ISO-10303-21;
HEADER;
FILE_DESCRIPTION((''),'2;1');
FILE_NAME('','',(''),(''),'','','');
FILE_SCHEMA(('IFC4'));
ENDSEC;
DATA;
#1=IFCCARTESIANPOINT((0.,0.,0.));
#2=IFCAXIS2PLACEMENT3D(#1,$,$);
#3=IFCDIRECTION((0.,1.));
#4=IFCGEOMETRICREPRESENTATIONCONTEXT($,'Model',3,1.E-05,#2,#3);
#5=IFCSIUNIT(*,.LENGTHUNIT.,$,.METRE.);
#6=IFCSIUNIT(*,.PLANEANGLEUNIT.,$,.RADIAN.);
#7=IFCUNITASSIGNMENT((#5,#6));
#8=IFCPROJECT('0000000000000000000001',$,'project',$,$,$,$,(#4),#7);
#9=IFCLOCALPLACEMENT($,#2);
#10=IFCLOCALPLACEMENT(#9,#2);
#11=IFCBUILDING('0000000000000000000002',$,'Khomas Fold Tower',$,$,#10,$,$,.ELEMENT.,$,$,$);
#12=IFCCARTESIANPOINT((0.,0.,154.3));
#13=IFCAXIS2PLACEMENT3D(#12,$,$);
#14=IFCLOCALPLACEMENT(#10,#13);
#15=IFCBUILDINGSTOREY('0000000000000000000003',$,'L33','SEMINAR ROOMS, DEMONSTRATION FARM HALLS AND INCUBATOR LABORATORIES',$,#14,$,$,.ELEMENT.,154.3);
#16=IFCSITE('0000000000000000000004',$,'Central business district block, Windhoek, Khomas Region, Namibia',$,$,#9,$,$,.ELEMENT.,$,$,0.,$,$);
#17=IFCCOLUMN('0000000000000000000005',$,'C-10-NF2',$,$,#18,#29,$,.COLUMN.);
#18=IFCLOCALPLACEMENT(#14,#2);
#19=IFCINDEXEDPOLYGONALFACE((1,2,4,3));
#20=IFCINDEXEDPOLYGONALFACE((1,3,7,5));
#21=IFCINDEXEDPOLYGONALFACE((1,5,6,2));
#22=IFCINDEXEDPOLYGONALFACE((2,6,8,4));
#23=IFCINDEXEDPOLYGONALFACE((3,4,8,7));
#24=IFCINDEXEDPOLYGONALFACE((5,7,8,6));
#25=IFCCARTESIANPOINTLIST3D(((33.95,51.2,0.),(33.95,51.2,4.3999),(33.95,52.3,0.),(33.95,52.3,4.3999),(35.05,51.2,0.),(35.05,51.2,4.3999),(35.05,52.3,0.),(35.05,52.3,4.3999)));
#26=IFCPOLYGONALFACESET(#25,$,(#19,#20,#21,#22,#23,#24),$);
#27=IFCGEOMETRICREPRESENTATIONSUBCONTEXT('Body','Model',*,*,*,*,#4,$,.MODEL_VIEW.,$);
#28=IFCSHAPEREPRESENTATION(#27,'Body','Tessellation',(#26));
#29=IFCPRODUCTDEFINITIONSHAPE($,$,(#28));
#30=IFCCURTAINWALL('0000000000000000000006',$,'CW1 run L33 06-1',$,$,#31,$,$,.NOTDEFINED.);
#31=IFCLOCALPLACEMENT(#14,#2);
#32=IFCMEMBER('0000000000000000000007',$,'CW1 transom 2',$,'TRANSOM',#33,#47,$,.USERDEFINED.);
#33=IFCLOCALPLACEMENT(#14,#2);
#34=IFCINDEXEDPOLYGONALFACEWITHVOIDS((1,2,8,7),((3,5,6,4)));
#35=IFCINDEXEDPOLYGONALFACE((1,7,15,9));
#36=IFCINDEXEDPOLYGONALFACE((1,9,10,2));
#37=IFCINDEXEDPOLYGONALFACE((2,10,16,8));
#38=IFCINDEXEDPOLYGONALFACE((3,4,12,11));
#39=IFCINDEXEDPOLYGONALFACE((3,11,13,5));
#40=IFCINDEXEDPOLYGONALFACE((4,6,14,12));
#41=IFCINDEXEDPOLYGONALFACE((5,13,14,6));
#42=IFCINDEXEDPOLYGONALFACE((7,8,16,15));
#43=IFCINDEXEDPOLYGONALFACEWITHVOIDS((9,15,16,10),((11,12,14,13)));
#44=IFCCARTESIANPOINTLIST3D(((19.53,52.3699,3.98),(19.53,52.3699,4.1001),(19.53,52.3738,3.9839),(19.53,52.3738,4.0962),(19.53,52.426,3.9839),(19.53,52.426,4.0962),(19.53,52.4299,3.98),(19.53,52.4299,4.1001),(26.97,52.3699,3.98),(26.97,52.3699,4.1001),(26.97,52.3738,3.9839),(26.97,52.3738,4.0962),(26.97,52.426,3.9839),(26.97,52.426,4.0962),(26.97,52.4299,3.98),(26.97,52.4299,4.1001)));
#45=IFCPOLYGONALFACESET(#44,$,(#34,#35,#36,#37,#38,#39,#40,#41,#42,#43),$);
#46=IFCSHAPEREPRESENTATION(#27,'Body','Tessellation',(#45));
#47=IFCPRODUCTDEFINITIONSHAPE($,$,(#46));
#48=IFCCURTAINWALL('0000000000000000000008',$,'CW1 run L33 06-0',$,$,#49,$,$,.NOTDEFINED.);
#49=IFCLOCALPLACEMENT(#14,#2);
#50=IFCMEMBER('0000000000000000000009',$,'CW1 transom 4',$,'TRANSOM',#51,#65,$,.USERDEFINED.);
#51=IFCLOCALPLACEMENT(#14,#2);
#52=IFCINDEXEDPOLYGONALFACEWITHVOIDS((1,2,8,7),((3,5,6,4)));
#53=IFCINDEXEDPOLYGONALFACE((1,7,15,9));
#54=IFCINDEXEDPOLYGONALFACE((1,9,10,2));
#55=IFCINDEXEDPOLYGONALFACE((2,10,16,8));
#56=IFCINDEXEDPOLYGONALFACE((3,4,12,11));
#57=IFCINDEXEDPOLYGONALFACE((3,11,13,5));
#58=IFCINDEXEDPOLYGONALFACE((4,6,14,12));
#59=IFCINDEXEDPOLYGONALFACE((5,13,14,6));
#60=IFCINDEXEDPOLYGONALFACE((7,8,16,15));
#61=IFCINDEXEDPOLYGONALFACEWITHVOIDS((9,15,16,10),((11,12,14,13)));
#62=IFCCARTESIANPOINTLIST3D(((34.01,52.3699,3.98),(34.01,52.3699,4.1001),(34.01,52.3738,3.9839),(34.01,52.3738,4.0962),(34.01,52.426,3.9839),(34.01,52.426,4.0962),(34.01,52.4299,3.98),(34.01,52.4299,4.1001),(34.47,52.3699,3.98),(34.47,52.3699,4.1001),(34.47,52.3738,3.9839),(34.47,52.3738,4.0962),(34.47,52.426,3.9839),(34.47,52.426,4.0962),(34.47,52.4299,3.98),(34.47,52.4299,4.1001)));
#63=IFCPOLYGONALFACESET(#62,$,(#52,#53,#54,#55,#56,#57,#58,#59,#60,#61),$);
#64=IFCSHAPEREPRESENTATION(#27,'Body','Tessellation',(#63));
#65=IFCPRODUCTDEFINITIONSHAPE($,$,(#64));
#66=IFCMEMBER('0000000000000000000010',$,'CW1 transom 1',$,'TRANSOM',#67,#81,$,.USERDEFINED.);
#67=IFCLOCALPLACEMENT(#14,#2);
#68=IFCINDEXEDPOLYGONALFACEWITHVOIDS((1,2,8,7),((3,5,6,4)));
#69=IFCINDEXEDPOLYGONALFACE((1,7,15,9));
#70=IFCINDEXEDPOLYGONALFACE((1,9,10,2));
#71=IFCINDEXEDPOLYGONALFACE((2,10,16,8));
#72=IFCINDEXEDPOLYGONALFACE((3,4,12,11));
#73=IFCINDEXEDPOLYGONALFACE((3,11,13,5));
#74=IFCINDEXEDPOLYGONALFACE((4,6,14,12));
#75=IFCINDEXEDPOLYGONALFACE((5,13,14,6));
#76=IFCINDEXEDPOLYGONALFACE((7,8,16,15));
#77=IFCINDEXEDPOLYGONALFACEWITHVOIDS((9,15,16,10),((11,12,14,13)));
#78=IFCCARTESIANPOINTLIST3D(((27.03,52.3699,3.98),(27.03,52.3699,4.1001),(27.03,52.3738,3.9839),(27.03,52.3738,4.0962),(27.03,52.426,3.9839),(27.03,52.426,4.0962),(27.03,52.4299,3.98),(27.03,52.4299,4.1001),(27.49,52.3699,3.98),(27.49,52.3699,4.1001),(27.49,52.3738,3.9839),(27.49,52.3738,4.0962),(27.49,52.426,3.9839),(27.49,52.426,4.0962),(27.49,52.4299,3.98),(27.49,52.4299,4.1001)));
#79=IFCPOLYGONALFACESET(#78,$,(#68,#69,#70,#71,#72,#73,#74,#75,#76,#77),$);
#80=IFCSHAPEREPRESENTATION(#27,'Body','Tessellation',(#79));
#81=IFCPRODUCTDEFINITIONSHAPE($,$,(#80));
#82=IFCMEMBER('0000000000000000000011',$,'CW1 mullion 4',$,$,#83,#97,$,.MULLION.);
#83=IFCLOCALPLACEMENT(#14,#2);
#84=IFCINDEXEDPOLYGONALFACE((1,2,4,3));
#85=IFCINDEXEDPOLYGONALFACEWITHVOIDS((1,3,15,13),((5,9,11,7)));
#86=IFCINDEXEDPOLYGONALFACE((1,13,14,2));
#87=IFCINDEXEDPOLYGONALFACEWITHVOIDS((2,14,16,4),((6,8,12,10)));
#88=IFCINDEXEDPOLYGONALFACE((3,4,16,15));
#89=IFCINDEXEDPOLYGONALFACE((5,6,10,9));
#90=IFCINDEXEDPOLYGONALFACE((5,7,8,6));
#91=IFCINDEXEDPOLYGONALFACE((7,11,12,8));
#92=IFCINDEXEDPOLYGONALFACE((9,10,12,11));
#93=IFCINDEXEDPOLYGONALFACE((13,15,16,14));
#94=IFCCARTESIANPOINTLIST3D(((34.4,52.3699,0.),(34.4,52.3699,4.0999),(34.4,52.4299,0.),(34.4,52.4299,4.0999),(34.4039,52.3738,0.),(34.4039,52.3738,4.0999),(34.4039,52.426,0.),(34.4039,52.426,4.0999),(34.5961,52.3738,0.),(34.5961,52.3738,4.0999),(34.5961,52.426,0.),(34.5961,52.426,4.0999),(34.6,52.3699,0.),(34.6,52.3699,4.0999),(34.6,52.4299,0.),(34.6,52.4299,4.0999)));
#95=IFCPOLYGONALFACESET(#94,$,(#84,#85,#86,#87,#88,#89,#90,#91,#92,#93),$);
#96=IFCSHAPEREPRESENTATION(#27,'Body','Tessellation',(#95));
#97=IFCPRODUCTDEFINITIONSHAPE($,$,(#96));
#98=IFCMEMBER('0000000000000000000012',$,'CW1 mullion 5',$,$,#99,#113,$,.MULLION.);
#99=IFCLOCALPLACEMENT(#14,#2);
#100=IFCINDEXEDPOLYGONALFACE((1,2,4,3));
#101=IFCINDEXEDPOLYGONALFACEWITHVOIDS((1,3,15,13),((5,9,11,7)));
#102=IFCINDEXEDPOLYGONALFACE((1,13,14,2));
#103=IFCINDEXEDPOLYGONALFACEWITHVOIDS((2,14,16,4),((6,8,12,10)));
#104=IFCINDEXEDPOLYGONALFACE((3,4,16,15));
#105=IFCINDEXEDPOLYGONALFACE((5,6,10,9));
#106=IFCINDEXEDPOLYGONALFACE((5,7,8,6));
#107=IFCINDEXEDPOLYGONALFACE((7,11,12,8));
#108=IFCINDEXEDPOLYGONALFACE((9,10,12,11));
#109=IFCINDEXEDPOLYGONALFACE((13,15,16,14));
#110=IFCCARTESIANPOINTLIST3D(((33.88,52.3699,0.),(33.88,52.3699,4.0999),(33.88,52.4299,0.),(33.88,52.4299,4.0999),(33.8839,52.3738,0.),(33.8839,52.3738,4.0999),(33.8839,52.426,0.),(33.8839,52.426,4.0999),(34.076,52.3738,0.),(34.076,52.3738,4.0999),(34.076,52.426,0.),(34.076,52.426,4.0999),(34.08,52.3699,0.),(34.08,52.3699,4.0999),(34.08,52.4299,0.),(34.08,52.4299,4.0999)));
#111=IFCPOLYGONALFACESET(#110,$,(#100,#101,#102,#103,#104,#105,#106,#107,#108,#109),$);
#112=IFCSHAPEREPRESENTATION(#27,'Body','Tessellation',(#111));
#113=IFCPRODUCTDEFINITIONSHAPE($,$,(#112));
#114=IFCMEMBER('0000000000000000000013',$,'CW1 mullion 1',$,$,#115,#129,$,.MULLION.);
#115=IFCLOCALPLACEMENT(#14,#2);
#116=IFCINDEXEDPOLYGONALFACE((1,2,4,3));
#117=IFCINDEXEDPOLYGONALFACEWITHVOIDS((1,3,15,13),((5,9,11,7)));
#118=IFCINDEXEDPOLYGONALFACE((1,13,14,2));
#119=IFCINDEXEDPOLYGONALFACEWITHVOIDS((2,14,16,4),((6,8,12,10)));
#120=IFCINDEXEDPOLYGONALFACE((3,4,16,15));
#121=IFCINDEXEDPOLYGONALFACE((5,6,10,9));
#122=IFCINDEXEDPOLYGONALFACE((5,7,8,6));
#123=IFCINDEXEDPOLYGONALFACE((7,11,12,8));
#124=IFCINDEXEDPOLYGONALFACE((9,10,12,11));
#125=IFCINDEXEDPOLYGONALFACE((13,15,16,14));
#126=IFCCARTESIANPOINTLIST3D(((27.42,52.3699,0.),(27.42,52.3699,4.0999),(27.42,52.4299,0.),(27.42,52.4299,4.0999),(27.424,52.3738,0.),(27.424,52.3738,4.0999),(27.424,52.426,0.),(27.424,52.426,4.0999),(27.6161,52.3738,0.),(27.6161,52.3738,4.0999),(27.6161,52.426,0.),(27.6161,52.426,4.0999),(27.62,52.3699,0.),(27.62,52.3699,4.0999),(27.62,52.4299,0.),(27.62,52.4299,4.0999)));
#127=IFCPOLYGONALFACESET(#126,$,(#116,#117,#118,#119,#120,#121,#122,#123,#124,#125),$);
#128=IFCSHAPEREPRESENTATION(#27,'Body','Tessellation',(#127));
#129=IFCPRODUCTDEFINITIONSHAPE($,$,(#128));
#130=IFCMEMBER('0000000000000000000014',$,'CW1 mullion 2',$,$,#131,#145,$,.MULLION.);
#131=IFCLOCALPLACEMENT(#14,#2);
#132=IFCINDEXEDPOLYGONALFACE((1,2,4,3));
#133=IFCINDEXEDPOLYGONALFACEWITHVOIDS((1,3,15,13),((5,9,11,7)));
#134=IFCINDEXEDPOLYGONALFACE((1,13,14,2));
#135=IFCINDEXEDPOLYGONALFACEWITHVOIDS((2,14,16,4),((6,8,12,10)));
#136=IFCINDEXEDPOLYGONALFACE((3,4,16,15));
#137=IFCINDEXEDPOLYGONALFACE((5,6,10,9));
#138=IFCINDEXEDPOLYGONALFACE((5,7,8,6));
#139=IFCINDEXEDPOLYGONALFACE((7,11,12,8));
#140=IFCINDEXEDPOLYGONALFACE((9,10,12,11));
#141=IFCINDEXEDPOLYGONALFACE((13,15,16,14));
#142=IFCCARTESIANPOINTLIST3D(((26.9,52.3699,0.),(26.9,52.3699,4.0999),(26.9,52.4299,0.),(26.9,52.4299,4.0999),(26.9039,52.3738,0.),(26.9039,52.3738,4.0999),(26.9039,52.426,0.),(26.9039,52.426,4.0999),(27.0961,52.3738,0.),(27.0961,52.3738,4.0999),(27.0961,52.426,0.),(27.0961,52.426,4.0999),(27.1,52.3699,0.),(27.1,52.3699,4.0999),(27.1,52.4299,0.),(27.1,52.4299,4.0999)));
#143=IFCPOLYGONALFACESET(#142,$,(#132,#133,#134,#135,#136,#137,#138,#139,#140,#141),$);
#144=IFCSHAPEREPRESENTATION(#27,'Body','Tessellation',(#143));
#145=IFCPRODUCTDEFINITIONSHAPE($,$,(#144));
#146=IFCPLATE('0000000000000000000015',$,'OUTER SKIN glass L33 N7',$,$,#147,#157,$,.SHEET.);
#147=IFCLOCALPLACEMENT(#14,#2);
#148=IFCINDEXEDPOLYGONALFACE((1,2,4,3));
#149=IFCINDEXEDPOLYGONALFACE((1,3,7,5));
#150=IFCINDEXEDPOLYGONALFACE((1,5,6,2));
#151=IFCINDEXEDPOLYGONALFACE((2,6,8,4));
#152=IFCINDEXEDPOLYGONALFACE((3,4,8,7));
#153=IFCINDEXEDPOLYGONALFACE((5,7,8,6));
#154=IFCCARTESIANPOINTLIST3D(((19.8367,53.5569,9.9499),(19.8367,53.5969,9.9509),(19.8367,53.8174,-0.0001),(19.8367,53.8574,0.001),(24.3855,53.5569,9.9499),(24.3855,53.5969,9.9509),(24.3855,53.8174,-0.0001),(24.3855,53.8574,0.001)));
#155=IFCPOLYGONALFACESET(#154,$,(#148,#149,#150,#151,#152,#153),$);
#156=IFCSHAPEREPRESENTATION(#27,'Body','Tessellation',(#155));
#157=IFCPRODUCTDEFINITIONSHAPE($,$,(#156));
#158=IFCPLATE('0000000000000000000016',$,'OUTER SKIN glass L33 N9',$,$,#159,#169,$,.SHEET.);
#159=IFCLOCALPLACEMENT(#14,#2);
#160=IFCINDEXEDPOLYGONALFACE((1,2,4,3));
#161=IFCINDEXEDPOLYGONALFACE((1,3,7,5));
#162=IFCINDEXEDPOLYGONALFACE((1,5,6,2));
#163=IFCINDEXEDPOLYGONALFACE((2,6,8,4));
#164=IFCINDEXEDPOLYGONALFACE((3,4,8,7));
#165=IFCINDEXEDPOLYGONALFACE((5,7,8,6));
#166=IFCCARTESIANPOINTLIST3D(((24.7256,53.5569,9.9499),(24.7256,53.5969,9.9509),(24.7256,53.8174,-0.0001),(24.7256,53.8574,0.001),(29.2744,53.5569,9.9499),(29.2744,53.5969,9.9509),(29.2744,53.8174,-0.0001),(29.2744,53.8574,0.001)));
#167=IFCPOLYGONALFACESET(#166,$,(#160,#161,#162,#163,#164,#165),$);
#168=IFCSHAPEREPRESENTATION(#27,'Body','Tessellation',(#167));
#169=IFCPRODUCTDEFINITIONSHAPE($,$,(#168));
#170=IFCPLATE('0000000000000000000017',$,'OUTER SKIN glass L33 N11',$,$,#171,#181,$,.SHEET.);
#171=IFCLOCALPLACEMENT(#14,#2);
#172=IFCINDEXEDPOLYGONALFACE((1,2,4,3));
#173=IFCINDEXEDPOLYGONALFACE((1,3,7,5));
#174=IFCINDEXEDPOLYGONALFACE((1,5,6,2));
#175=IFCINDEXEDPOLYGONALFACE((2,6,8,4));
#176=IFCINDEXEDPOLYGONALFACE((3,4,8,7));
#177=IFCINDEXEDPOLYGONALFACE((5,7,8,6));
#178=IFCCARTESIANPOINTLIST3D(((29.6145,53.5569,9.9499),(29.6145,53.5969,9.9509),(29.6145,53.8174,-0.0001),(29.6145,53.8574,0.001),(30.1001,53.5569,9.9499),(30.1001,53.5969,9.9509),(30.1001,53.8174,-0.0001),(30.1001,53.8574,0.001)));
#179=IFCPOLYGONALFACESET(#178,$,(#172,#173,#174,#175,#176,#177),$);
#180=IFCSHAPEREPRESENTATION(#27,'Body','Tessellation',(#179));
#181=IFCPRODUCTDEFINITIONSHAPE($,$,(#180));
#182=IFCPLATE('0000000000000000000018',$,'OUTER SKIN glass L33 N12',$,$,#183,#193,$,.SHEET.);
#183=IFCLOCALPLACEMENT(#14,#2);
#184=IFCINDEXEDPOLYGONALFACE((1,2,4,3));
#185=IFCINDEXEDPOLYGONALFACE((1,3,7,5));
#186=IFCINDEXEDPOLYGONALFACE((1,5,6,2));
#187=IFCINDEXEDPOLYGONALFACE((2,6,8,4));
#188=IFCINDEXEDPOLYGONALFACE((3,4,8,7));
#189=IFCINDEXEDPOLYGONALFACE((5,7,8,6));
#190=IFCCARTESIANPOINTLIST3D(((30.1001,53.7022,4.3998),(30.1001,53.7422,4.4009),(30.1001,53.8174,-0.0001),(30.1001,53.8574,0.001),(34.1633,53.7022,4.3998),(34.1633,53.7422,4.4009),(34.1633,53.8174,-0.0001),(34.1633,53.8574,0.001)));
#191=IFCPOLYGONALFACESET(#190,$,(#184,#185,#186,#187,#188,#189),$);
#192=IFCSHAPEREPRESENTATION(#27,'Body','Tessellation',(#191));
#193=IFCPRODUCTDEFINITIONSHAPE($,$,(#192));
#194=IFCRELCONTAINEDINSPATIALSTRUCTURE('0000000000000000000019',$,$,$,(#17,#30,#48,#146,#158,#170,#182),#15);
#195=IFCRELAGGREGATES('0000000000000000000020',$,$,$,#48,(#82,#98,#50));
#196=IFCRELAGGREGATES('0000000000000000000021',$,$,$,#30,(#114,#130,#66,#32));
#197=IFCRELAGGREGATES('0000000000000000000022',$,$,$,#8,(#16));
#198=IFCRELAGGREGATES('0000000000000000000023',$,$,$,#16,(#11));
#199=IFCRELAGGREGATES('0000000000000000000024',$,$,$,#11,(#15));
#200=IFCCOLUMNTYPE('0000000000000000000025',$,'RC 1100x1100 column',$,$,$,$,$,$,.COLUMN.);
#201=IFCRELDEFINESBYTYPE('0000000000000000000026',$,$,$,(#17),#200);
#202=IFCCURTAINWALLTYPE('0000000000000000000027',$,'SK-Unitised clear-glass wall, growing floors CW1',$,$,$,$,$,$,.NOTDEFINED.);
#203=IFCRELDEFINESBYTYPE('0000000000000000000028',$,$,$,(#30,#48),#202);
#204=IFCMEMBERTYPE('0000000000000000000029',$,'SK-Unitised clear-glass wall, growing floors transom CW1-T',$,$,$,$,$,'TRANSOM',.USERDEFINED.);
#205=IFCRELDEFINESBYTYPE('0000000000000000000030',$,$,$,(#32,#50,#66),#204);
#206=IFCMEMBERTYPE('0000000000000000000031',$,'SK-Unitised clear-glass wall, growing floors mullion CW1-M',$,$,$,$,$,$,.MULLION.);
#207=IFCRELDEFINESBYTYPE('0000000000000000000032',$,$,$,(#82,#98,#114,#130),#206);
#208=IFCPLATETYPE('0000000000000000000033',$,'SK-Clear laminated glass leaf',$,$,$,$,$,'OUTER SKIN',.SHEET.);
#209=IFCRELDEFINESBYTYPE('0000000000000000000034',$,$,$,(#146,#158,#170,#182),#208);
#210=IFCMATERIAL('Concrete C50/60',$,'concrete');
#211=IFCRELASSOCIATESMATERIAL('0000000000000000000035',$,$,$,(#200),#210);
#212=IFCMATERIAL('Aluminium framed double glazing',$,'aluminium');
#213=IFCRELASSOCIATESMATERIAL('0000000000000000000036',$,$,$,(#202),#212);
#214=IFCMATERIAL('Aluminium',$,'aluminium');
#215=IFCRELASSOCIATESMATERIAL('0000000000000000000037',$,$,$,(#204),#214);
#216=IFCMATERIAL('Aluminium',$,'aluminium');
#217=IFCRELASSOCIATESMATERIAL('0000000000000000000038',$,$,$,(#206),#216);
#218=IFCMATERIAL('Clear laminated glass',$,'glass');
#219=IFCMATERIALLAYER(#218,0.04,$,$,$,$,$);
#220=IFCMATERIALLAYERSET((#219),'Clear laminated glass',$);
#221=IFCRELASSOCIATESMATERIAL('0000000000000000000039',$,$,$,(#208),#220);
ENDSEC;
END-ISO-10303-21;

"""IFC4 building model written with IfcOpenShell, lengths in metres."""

from ifc_helpers import new_model, si_unit, direction, frame, origin, origin_2d, place, context, subcontext, project, spatial, polyline, rectangle, hollow_rectangle, outline, extrude, source, transform, mapped, material, layer, layer_set, material_profile, profile_set, type_object, element, aggregate, save


model = new_model("IFC4")

# Units and contexts
model_context = context("Model", 3, precision=1e-05, world=origin(), true_north=direction((0.0, 1.0)))
body_context = subcontext(model_context, "Body", "Model", "MODEL_VIEW")
ifc_project = project(units=[si_unit("LENGTHUNIT", "METRE"), si_unit("PLANEANGLEUNIT", "RADIAN")], contexts=[model_context])

# Site, building, storey
site_placement = place(None, origin())
site = spatial("IfcSite", under=ifc_project, at=site_placement, Name="Central business district block, Windhoek, Khomas Region, Namibia", CompositionType="ELEMENT", RefElevation=0.0)
building_placement = place(site_placement, origin())
building = spatial("IfcBuilding", under=site, at=building_placement, Name="Khomas Fold Tower", CompositionType="ELEMENT")
storey_placement = place(building_placement, frame((0.0, 0.0, 154.3)))
storey = spatial("IfcBuildingStorey", under=building, at=storey_placement, Name="L33", Description="SEMINAR ROOMS, DEMONSTRATION FARM HALLS AND INCUBATOR LABORATORIES", CompositionType="ELEMENT", Elevation=154.3)

# Column
ifc_material_1 = material(Name="Concrete C50/60", Category="concrete")
ifc_material_profile_1 = material_profile(ifc_material_1, rectangle(XDim=1.1001, YDim=1.1001, at=origin_2d()), Name="RC 1100x1100")
ifc_profile_set_1 = profile_set([ifc_material_profile_1], Name="Concrete C50/60")
column_type = type_object("IfcColumnType", Name="RC 1100x1100 column", PredefinedType="COLUMN", material=ifc_profile_set_1)
shared_shape_1 = source(origin(), body_context, "Body", "SweptSolid", [
    extrude(rectangle(XDim=1.1001, YDim=1.1001, at=origin_2d()), origin(), (0.0, 0.0, 1.0), 4.3999),
])
column_placement = place(storey_placement, frame((34.5, 51.75, 0.0), z_axis=(0.0, 0.0, 1.0), x_axis=(1.0, 0.0, 0.0)))
element("IfcColumn", 1, at=column_placement, inside=storey, type_object=column_type, Name="C-10-NF2", PredefinedType="COLUMN", context=body_context, shape_type="MappedRepresentation", body=[
    mapped(shared_shape_1, transform((0.0, 0.0, 0.0))),
])

# Curtain walls, members
ifc_material_2 = material(Name="Aluminium framed double glazing", Category="aluminium")
curtain_wall_type = type_object("IfcCurtainWallType", Name="SK-Unitised clear-glass wall, growing floors CW1", PredefinedType="NOTDEFINED", material=ifc_material_2)
curtain_wall_1_placement = place(storey_placement, origin())
curtain_wall_1 = element("IfcCurtainWall", 2, at=curtain_wall_1_placement, inside=storey, type_object=curtain_wall_type, Name="CW1 run L33 06-1", PredefinedType="NOTDEFINED")
ifc_material_3 = material(Name="Aluminium", Category="aluminium")
ifc_material_profile_2 = material_profile(ifc_material_3, hollow_rectangle(XDim=0.0601, YDim=0.1201, WallThickness=0.0039, at=origin_2d()), Name="SK-Unitised clear-glass wall, growing floors transom CW1-T")
ifc_profile_set_2 = profile_set([ifc_material_profile_2], Name="Aluminium")
member_type_1 = type_object("IfcMemberType", Name="SK-Unitised clear-glass wall, growing floors transom CW1-T", ElementType="TRANSOM", PredefinedType="USERDEFINED", material=ifc_profile_set_2)
shared_shape_2 = source(origin(), body_context, "Body", "SweptSolid", [
    extrude(hollow_rectangle(XDim=0.0601, YDim=0.1201, WallThickness=0.0039, at=origin_2d()), origin(), (0.0, 0.0, 1.0), 7.4399),
])
member_1_placement = place(storey_placement, frame((26.97, 52.3999, 4.04), z_axis=(-1.0, 0.0, 0.0), x_axis=(0.0, -1.0, 0.0)))
member_1 = element("IfcMember", 3, at=member_1_placement, type_object=member_type_1, Name="CW1 transom 2", ObjectType="TRANSOM", PredefinedType="USERDEFINED", context=body_context, shape_type="MappedRepresentation", body=[
    mapped(shared_shape_2, transform((0.0, 0.0, 0.0))),
])
curtain_wall_2_placement = place(storey_placement, origin())
curtain_wall_2 = element("IfcCurtainWall", 4, at=curtain_wall_2_placement, inside=storey, type_object=curtain_wall_type, Name="CW1 run L33 06-0", PredefinedType="NOTDEFINED")
shared_shape_3 = source(origin(), body_context, "Body", "SweptSolid", [
    extrude(hollow_rectangle(XDim=0.0601, YDim=0.1201, WallThickness=0.0039, at=origin_2d()), origin(), (0.0, 0.0, 1.0), 0.46),
])
member_2_placement = place(storey_placement, frame((34.47, 52.3999, 4.04), z_axis=(-1.0, 0.0, 0.0), x_axis=(0.0, -1.0, 0.0)))
member_2 = element("IfcMember", 5, at=member_2_placement, type_object=member_type_1, Name="CW1 transom 4", ObjectType="TRANSOM", PredefinedType="USERDEFINED", context=body_context, shape_type="MappedRepresentation", body=[
    mapped(shared_shape_3, transform((0.0, 0.0, 0.0))),
])

# Members
member_3_placement = place(storey_placement, frame((27.49, 52.3999, 4.04), z_axis=(-1.0, 0.0, 0.0), x_axis=(0.0, -1.0, 0.0)))
member_3 = element("IfcMember", 6, at=member_3_placement, type_object=member_type_1, Name="CW1 transom 1", ObjectType="TRANSOM", PredefinedType="USERDEFINED", context=body_context, shape_type="MappedRepresentation", body=[
    mapped(shared_shape_3, transform((0.0, 0.0, 0.0))),
])
ifc_material_4 = material(Name="Aluminium", Category="aluminium")
ifc_material_profile_3 = material_profile(ifc_material_4, hollow_rectangle(XDim=0.0601, YDim=0.2, WallThickness=0.0039, at=origin_2d()), Name="SK-Unitised clear-glass wall, growing floors mullion CW1-M")
ifc_profile_set_3 = profile_set([ifc_material_profile_3], Name="Aluminium")
member_type_2 = type_object("IfcMemberType", Name="SK-Unitised clear-glass wall, growing floors mullion CW1-M", PredefinedType="MULLION", material=ifc_profile_set_3)
shared_shape_4 = source(origin(), body_context, "Body", "SweptSolid", [
    extrude(hollow_rectangle(XDim=0.0601, YDim=0.2, WallThickness=0.0039, at=origin_2d()), origin(), (0.0, 0.0, 1.0), 4.0999),
])
member_4_placement = place(storey_placement, frame((34.5, 52.3999, 0.0), z_axis=(0.0, 0.0, 1.0), x_axis=(0.0, -1.0, 0.0)))
member_4 = element("IfcMember", 7, at=member_4_placement, type_object=member_type_2, Name="CW1 mullion 4", PredefinedType="MULLION", context=body_context, shape_type="MappedRepresentation", body=[
    mapped(shared_shape_4, transform((0.0, 0.0, 0.0))),
])
member_5_placement = place(storey_placement, frame((33.98, 52.3999, 0.0), z_axis=(0.0, 0.0, 1.0), x_axis=(0.0, -1.0, 0.0)))
member_5 = element("IfcMember", 8, at=member_5_placement, type_object=member_type_2, Name="CW1 mullion 5", PredefinedType="MULLION", context=body_context, shape_type="MappedRepresentation", body=[
    mapped(shared_shape_4, transform((0.0, 0.0, 0.0))),
])
member_6_placement = place(storey_placement, frame((27.52, 52.3999, 0.0), z_axis=(0.0, 0.0, 1.0), x_axis=(0.0, -1.0, 0.0)))
member_6 = element("IfcMember", 9, at=member_6_placement, type_object=member_type_2, Name="CW1 mullion 1", PredefinedType="MULLION", context=body_context, shape_type="MappedRepresentation", body=[
    mapped(shared_shape_4, transform((0.0, 0.0, 0.0))),
])
member_7_placement = place(storey_placement, frame((27.0, 52.3999, 0.0), z_axis=(0.0, 0.0, 1.0), x_axis=(0.0, -1.0, 0.0)))
member_7 = element("IfcMember", 10, at=member_7_placement, type_object=member_type_2, Name="CW1 mullion 2", PredefinedType="MULLION", context=body_context, shape_type="MappedRepresentation", body=[
    mapped(shared_shape_4, transform((0.0, 0.0, 0.0))),
])

# Plates
ifc_material_5 = material(Name="Clear laminated glass", Category="glass")
ifc_layer_1 = layer(ifc_material_5, 0.04)
ifc_layer_set_1 = layer_set([ifc_layer_1], Name="Clear laminated glass")
plate_type_1 = type_object("IfcPlateType", Name="SK-Clear laminated glass leaf", ElementType="OUTER SKIN", PredefinedType="SHEET", material=ifc_layer_set_1)
for number, where, z_axis, x_axis, name in (
    (11, (19.8367, 53.8574, 0.001), (0.0, 0.999657, 0.026172), (1.0, 0.0, 0.0), "OUTER SKIN glass L33 N7"),
    (12, (24.7256, 53.8574, 0.001), (0.0, 0.999657, 0.026172), (1.0, 0.0, 0.0), "OUTER SKIN glass L33 N9"),
):
    element("IfcPlate", number, at=place(storey_placement, frame(where, z_axis=z_axis, x_axis=x_axis)), inside=storey, type_object=plate_type_1, Name=name, PredefinedType="SHEET", context=body_context, shape_type="SweptSolid", body=[
        extrude(outline(polyline([(0.0, 0.0), (4.5488, 0.0), (4.5488, -9.9534), (0.0, -9.9534), (0.0, 0.0)])), origin(), (0.0, 0.0, -1.0), 0.04),
    ])
plate_1_placement = place(storey_placement, frame((29.6145, 53.8574, 0.001), z_axis=(0.0, 0.999657, 0.026172), x_axis=(1.0, 0.0, 0.0)))
element("IfcPlate", 13, at=plate_1_placement, inside=storey, type_object=plate_type_1, Name="OUTER SKIN glass L33 N11", PredefinedType="SHEET", context=body_context, shape_type="SweptSolid", body=[
    extrude(outline(polyline([(0.0, 0.0), (0.4856, 0.0), (0.4856, -9.9534), (0.0, -9.9534), (0.0, 0.0)])), origin(), (0.0, 0.0, -1.0), 0.04),
])
plate_2_placement = place(storey_placement, frame((30.1001, 53.8574, 0.001), z_axis=(0.0, 0.999657, 0.026181), x_axis=(1.0, 0.0, 0.0)))
element("IfcPlate", 14, at=plate_2_placement, inside=storey, type_object=plate_type_1, Name="OUTER SKIN glass L33 N12", PredefinedType="SHEET", context=body_context, shape_type="SweptSolid", body=[
    extrude(outline(polyline([(0.0, 0.0), (4.0632, 0.0), (4.0632, -4.4014), (0.0, -4.4014), (0.0, 0.0)])), origin(), (0.0, 0.0, -1.0), 0.04),
])

aggregate(curtain_wall_2, [member_4, member_5, member_2])
aggregate(curtain_wall_1, [member_6, member_7, member_3, member_1])

save(model, "model.ifc")
